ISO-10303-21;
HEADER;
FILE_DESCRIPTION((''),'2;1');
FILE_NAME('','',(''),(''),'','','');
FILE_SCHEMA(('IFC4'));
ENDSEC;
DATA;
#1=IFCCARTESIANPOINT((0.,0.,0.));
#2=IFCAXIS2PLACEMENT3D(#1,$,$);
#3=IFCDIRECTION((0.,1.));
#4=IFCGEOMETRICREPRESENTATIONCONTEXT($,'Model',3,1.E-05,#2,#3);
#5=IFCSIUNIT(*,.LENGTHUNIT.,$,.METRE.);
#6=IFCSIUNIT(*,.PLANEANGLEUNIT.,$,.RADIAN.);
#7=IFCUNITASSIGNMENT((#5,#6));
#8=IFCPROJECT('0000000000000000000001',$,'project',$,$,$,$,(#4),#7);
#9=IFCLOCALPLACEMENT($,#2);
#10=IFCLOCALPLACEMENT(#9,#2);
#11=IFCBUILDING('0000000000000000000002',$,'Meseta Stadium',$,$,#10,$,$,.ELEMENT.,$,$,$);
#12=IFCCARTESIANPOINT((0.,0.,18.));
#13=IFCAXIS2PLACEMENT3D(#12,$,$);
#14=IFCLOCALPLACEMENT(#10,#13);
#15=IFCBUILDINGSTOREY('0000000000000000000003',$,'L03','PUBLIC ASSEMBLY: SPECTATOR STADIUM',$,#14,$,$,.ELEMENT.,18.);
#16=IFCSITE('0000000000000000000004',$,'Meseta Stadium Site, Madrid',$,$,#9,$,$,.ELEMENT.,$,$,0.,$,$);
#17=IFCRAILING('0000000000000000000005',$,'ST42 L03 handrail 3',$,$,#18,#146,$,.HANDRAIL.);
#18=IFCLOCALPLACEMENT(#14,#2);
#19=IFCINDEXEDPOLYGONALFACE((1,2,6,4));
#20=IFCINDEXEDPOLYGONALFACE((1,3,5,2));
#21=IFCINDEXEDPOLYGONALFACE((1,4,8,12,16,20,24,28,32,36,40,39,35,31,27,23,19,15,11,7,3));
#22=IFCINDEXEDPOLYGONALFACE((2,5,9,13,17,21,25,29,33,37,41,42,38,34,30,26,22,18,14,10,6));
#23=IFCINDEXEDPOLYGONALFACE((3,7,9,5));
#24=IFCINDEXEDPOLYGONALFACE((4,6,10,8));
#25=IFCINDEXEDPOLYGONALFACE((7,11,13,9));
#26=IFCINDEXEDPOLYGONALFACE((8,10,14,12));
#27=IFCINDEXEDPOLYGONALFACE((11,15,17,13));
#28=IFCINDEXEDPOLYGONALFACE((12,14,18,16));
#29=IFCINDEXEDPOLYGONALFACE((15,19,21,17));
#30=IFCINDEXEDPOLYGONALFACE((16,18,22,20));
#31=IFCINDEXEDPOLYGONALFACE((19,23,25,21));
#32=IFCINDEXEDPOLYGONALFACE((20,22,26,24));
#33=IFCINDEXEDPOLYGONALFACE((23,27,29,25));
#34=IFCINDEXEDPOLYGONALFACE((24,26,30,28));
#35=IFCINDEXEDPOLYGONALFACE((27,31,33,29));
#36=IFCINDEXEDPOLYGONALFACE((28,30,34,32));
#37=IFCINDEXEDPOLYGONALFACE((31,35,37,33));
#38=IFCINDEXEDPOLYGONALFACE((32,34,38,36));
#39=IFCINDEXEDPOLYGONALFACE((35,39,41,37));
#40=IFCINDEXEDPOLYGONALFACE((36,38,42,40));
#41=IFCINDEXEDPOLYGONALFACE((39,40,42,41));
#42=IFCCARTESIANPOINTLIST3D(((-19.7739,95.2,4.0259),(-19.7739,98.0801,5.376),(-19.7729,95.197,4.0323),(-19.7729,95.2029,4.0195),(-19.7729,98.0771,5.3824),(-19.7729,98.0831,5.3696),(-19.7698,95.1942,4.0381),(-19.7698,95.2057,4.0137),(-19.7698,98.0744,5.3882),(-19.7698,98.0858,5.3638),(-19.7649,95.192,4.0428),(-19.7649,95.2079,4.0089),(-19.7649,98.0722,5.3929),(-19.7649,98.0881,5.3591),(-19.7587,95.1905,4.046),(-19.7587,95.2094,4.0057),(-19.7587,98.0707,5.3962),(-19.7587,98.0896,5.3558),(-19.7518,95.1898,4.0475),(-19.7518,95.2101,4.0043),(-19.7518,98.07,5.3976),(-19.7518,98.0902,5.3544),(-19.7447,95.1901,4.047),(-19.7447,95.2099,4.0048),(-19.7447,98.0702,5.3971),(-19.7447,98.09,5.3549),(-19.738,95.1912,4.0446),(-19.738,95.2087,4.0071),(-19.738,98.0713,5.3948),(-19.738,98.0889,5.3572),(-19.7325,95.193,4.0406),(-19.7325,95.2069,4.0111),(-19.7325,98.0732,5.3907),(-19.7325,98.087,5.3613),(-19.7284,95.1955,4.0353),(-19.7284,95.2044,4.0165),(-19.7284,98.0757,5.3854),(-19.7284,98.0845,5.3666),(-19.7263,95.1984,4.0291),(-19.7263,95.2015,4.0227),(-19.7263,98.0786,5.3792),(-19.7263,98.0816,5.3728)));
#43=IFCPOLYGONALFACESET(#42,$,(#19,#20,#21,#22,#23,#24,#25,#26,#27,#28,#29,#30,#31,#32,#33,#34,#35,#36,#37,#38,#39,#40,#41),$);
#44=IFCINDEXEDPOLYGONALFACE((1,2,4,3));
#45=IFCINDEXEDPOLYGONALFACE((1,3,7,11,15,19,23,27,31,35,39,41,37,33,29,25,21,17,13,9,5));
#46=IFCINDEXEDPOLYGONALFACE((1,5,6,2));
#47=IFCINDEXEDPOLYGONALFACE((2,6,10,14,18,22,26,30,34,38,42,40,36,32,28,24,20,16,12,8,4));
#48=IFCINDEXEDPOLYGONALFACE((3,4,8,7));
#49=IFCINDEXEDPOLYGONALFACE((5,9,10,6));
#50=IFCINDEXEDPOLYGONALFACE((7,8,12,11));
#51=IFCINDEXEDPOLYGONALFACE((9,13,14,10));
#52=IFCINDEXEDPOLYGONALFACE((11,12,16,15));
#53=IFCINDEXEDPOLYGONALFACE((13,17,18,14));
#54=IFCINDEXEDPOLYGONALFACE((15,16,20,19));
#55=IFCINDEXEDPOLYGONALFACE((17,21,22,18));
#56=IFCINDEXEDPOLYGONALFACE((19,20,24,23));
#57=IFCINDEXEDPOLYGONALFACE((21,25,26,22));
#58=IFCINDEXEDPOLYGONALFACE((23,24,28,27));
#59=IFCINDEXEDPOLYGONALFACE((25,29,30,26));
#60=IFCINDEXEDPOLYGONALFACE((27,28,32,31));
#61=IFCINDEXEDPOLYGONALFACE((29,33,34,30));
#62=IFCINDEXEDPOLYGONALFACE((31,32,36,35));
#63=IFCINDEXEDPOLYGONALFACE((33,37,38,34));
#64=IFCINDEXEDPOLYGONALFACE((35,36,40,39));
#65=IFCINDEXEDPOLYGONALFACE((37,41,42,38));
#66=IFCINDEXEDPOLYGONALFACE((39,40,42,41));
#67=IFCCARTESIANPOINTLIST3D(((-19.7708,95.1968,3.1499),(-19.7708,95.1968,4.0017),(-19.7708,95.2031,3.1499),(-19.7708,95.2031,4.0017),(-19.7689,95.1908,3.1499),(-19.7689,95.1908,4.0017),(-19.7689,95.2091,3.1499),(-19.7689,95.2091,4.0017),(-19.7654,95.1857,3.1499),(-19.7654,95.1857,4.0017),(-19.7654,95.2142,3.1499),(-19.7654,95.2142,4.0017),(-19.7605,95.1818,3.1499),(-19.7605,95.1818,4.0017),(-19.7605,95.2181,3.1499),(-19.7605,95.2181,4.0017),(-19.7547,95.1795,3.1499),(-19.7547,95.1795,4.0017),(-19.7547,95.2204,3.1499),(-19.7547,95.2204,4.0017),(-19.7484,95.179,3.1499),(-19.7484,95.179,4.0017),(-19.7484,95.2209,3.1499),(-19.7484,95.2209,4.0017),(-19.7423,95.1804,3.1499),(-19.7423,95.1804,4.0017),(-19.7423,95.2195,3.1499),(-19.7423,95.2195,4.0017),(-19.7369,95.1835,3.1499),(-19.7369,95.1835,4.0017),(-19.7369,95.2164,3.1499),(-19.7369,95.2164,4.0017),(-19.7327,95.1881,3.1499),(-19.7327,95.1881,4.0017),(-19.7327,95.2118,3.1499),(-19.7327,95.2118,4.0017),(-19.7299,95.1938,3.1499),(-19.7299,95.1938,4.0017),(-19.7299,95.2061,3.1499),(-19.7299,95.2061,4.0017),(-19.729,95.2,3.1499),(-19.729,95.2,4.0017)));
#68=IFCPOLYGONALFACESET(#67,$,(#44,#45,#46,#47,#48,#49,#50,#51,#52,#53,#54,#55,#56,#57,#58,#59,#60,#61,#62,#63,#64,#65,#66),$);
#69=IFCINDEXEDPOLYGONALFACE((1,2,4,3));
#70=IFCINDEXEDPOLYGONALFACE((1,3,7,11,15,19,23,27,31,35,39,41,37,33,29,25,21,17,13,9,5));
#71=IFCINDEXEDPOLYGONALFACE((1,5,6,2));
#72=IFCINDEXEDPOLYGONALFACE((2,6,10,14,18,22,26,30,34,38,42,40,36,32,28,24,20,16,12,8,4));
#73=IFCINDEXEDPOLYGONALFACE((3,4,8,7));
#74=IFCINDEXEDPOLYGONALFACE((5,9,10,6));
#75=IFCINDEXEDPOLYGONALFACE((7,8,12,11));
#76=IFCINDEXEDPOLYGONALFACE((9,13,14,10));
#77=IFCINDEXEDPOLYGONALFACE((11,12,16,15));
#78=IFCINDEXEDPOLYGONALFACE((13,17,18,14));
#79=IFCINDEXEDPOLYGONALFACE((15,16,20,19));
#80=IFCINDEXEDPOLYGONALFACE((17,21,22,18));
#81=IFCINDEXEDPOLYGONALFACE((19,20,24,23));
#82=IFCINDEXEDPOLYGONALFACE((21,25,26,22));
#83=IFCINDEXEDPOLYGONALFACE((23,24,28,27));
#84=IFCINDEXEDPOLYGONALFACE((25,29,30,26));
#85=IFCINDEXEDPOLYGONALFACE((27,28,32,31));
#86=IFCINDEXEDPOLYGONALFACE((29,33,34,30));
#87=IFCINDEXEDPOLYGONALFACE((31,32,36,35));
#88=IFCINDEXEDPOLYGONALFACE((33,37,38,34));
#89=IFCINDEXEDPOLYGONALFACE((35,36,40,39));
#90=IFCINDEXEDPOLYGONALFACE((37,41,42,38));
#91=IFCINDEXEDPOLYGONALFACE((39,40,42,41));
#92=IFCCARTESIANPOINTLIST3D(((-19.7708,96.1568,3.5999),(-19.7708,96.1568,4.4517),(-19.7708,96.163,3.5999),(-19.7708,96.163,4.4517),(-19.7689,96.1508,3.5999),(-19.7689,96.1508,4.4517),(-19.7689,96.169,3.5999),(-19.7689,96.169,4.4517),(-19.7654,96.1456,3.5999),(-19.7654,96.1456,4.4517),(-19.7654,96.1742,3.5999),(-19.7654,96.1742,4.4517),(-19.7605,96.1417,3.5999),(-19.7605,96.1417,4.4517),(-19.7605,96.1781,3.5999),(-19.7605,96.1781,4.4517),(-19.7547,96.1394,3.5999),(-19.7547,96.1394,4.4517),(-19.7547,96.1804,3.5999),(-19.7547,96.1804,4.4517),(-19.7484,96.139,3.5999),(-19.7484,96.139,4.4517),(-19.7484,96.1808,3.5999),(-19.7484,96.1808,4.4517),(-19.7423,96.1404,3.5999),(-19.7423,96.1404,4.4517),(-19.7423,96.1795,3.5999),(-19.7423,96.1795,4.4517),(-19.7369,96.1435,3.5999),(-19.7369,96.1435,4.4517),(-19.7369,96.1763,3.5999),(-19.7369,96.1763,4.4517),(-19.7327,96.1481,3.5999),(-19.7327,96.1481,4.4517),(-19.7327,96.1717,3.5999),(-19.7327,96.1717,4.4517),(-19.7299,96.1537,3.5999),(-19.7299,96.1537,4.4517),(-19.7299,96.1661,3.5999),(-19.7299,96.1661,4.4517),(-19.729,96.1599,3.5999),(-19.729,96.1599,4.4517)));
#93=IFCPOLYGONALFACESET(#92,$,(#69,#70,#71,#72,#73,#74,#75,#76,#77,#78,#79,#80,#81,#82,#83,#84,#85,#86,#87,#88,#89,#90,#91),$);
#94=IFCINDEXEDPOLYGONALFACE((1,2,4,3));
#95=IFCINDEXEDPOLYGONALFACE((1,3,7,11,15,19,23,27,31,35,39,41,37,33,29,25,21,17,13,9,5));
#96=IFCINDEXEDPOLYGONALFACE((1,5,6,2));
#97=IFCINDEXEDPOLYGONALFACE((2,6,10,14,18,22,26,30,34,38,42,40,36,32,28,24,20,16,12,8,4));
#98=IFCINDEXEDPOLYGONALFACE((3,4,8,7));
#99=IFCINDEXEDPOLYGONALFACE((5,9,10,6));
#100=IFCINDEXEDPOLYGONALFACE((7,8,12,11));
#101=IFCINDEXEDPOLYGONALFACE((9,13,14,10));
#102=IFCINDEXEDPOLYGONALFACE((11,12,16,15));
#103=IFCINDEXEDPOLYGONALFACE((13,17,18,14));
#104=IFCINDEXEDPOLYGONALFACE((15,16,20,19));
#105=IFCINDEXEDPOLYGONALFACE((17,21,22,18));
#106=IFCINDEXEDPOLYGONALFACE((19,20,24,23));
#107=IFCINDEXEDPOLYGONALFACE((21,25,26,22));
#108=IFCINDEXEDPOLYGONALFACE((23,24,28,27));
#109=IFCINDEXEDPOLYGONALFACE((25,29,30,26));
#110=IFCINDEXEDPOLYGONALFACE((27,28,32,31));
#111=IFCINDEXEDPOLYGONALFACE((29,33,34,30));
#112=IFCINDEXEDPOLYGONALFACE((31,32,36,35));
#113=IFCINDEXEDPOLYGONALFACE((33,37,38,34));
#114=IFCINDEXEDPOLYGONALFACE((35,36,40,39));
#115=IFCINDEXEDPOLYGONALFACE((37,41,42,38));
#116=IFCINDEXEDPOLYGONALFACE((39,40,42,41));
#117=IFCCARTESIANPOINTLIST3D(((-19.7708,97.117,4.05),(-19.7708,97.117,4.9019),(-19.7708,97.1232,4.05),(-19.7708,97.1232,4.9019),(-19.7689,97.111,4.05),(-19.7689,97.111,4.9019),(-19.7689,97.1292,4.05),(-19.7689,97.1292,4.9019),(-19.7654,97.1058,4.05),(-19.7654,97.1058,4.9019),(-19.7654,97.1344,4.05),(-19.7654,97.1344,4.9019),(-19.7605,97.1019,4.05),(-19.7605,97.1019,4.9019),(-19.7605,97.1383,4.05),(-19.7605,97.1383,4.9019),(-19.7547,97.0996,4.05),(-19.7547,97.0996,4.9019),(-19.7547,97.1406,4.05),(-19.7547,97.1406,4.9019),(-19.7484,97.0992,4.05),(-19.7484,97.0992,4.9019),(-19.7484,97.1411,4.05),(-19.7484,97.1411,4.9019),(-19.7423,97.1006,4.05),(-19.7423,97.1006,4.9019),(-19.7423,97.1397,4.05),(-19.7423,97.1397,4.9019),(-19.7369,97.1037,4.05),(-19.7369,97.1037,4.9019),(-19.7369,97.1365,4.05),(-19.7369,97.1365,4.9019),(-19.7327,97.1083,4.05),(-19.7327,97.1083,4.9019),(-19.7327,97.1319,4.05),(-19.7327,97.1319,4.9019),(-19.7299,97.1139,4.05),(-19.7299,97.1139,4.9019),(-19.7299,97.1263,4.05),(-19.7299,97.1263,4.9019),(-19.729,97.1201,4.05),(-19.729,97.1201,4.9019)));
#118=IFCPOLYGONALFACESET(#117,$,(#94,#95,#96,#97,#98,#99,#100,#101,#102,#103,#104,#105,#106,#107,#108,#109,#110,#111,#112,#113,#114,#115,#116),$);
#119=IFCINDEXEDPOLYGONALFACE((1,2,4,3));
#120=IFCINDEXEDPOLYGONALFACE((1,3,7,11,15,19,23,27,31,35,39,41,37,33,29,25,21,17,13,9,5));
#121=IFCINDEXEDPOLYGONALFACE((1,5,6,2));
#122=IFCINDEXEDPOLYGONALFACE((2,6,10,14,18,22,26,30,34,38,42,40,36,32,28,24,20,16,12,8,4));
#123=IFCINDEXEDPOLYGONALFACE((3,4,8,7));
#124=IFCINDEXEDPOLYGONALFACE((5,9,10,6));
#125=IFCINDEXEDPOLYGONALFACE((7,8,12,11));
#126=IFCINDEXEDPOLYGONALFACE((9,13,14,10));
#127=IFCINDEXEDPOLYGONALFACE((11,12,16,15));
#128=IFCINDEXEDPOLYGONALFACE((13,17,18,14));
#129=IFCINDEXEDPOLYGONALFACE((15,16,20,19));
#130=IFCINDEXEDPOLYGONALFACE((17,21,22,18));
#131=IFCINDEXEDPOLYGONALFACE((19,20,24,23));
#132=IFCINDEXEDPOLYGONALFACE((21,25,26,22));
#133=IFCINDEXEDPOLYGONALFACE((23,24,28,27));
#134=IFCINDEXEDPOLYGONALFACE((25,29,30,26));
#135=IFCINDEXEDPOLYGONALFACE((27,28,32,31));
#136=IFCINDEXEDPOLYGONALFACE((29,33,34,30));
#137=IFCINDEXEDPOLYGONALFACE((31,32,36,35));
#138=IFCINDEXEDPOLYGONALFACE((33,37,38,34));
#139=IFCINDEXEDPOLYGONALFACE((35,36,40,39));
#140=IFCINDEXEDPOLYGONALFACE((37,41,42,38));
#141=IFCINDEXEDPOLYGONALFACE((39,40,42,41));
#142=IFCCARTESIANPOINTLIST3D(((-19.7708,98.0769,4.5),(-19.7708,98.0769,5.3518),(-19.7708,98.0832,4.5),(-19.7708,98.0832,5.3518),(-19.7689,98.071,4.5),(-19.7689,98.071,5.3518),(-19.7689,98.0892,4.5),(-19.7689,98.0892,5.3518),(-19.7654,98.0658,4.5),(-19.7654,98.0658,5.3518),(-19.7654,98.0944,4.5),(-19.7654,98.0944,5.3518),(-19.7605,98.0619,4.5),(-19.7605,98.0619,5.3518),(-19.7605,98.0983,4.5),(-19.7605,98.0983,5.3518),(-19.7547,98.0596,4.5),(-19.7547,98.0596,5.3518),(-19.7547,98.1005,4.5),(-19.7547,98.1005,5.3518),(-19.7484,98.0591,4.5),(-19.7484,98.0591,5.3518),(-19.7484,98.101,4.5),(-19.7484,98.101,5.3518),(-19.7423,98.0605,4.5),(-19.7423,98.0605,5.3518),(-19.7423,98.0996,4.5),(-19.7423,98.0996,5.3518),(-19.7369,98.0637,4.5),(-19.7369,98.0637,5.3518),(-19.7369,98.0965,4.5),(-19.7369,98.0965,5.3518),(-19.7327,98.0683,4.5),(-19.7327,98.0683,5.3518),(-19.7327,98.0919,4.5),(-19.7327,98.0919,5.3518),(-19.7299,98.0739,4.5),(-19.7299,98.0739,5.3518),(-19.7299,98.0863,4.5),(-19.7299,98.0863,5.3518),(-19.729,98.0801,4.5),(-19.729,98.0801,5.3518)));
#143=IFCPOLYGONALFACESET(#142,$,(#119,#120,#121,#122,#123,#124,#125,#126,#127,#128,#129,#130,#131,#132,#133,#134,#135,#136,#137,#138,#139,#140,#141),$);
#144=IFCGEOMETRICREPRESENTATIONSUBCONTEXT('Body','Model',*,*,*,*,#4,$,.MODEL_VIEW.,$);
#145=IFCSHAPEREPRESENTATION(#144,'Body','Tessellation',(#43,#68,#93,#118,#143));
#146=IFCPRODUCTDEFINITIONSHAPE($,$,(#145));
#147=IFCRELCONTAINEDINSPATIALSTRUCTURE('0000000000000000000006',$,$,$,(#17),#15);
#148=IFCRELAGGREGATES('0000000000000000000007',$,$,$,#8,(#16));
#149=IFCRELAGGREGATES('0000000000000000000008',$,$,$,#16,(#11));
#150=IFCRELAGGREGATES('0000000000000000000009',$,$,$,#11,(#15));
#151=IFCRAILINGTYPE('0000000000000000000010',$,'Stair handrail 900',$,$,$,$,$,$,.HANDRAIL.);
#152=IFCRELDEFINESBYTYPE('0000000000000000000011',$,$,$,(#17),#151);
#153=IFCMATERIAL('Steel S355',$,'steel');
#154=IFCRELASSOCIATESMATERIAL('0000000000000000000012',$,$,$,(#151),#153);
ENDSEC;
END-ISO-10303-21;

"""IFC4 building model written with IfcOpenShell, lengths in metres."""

from ifc_helpers import new_model, si_unit, direction, frame, origin, origin_2d, place, context, subcontext, project, spatial, circle, extrude, material, type_object, element, save


model = new_model("IFC4")

# Units and contexts
model_context = context("Model", 3, precision=1e-05, world=origin(), true_north=direction((0.0, 1.0)))
body_context = subcontext(model_context, "Body", "Model", "MODEL_VIEW")
ifc_project = project(units=[si_unit("LENGTHUNIT", "METRE"), si_unit("PLANEANGLEUNIT", "RADIAN")], contexts=[model_context])

# Site, building, storey
site_placement = place(None, origin())
site = spatial("IfcSite", under=ifc_project, at=site_placement, Name="Meseta Stadium Site, Madrid", CompositionType="ELEMENT", RefElevation=0.0)
building_placement = place(site_placement, origin())
building = spatial("IfcBuilding", under=site, at=building_placement, Name="Meseta Stadium", CompositionType="ELEMENT")
storey_placement = place(building_placement, frame((0.0, 0.0, 18.0)))
storey = spatial("IfcBuildingStorey", under=building, at=storey_placement, Name="L03", Description="PUBLIC ASSEMBLY: SPECTATOR STADIUM", CompositionType="ELEMENT", Elevation=18.0)

# Railing
ifc_material_1 = material(Name="Steel S355", Category="steel")
railing_type_1 = type_object("IfcRailingType", Name="Stair handrail 900", PredefinedType="HANDRAIL", material=ifc_material_1)
for number, where, name in (
    (1, (-19.75, 95.2, 3.1499), "ST42 L03 handrail 3"),
):
    element("IfcRailing", number, at=place(storey_placement, frame(where)), inside=storey, type_object=railing_type_1, Name=name, PredefinedType="HANDRAIL", context=body_context, shape_type="SweptSolid", body=[
        extrude(circle(Radius=0.0239, at=origin_2d()), frame((0.0, 0.0, 0.876), z_axis=(0.0, 0.905454, 0.424444), x_axis=(-1.0, 0.0, 0.0)), (0.0, 0.0, 1.0), 3.1809),
        extrude(circle(Radius=0.021, at=origin_2d()), origin(), (0.0, 0.0, 1.0), 0.8518),
        extrude(circle(Radius=0.021, at=origin_2d()), frame((0.0, 0.96, 0.45)), (0.0, 0.0, 1.0), 0.8518),
        extrude(circle(Radius=0.021, at=origin_2d()), frame((0.0, 1.9202, 0.9001)), (0.0, 0.0, 1.0), 0.8518),
        extrude(circle(Radius=0.021, at=origin_2d()), frame((0.0, 2.8801, 1.3501)), (0.0, 0.0, 1.0), 0.8518),
    ])

save(model, "model.ifc")
